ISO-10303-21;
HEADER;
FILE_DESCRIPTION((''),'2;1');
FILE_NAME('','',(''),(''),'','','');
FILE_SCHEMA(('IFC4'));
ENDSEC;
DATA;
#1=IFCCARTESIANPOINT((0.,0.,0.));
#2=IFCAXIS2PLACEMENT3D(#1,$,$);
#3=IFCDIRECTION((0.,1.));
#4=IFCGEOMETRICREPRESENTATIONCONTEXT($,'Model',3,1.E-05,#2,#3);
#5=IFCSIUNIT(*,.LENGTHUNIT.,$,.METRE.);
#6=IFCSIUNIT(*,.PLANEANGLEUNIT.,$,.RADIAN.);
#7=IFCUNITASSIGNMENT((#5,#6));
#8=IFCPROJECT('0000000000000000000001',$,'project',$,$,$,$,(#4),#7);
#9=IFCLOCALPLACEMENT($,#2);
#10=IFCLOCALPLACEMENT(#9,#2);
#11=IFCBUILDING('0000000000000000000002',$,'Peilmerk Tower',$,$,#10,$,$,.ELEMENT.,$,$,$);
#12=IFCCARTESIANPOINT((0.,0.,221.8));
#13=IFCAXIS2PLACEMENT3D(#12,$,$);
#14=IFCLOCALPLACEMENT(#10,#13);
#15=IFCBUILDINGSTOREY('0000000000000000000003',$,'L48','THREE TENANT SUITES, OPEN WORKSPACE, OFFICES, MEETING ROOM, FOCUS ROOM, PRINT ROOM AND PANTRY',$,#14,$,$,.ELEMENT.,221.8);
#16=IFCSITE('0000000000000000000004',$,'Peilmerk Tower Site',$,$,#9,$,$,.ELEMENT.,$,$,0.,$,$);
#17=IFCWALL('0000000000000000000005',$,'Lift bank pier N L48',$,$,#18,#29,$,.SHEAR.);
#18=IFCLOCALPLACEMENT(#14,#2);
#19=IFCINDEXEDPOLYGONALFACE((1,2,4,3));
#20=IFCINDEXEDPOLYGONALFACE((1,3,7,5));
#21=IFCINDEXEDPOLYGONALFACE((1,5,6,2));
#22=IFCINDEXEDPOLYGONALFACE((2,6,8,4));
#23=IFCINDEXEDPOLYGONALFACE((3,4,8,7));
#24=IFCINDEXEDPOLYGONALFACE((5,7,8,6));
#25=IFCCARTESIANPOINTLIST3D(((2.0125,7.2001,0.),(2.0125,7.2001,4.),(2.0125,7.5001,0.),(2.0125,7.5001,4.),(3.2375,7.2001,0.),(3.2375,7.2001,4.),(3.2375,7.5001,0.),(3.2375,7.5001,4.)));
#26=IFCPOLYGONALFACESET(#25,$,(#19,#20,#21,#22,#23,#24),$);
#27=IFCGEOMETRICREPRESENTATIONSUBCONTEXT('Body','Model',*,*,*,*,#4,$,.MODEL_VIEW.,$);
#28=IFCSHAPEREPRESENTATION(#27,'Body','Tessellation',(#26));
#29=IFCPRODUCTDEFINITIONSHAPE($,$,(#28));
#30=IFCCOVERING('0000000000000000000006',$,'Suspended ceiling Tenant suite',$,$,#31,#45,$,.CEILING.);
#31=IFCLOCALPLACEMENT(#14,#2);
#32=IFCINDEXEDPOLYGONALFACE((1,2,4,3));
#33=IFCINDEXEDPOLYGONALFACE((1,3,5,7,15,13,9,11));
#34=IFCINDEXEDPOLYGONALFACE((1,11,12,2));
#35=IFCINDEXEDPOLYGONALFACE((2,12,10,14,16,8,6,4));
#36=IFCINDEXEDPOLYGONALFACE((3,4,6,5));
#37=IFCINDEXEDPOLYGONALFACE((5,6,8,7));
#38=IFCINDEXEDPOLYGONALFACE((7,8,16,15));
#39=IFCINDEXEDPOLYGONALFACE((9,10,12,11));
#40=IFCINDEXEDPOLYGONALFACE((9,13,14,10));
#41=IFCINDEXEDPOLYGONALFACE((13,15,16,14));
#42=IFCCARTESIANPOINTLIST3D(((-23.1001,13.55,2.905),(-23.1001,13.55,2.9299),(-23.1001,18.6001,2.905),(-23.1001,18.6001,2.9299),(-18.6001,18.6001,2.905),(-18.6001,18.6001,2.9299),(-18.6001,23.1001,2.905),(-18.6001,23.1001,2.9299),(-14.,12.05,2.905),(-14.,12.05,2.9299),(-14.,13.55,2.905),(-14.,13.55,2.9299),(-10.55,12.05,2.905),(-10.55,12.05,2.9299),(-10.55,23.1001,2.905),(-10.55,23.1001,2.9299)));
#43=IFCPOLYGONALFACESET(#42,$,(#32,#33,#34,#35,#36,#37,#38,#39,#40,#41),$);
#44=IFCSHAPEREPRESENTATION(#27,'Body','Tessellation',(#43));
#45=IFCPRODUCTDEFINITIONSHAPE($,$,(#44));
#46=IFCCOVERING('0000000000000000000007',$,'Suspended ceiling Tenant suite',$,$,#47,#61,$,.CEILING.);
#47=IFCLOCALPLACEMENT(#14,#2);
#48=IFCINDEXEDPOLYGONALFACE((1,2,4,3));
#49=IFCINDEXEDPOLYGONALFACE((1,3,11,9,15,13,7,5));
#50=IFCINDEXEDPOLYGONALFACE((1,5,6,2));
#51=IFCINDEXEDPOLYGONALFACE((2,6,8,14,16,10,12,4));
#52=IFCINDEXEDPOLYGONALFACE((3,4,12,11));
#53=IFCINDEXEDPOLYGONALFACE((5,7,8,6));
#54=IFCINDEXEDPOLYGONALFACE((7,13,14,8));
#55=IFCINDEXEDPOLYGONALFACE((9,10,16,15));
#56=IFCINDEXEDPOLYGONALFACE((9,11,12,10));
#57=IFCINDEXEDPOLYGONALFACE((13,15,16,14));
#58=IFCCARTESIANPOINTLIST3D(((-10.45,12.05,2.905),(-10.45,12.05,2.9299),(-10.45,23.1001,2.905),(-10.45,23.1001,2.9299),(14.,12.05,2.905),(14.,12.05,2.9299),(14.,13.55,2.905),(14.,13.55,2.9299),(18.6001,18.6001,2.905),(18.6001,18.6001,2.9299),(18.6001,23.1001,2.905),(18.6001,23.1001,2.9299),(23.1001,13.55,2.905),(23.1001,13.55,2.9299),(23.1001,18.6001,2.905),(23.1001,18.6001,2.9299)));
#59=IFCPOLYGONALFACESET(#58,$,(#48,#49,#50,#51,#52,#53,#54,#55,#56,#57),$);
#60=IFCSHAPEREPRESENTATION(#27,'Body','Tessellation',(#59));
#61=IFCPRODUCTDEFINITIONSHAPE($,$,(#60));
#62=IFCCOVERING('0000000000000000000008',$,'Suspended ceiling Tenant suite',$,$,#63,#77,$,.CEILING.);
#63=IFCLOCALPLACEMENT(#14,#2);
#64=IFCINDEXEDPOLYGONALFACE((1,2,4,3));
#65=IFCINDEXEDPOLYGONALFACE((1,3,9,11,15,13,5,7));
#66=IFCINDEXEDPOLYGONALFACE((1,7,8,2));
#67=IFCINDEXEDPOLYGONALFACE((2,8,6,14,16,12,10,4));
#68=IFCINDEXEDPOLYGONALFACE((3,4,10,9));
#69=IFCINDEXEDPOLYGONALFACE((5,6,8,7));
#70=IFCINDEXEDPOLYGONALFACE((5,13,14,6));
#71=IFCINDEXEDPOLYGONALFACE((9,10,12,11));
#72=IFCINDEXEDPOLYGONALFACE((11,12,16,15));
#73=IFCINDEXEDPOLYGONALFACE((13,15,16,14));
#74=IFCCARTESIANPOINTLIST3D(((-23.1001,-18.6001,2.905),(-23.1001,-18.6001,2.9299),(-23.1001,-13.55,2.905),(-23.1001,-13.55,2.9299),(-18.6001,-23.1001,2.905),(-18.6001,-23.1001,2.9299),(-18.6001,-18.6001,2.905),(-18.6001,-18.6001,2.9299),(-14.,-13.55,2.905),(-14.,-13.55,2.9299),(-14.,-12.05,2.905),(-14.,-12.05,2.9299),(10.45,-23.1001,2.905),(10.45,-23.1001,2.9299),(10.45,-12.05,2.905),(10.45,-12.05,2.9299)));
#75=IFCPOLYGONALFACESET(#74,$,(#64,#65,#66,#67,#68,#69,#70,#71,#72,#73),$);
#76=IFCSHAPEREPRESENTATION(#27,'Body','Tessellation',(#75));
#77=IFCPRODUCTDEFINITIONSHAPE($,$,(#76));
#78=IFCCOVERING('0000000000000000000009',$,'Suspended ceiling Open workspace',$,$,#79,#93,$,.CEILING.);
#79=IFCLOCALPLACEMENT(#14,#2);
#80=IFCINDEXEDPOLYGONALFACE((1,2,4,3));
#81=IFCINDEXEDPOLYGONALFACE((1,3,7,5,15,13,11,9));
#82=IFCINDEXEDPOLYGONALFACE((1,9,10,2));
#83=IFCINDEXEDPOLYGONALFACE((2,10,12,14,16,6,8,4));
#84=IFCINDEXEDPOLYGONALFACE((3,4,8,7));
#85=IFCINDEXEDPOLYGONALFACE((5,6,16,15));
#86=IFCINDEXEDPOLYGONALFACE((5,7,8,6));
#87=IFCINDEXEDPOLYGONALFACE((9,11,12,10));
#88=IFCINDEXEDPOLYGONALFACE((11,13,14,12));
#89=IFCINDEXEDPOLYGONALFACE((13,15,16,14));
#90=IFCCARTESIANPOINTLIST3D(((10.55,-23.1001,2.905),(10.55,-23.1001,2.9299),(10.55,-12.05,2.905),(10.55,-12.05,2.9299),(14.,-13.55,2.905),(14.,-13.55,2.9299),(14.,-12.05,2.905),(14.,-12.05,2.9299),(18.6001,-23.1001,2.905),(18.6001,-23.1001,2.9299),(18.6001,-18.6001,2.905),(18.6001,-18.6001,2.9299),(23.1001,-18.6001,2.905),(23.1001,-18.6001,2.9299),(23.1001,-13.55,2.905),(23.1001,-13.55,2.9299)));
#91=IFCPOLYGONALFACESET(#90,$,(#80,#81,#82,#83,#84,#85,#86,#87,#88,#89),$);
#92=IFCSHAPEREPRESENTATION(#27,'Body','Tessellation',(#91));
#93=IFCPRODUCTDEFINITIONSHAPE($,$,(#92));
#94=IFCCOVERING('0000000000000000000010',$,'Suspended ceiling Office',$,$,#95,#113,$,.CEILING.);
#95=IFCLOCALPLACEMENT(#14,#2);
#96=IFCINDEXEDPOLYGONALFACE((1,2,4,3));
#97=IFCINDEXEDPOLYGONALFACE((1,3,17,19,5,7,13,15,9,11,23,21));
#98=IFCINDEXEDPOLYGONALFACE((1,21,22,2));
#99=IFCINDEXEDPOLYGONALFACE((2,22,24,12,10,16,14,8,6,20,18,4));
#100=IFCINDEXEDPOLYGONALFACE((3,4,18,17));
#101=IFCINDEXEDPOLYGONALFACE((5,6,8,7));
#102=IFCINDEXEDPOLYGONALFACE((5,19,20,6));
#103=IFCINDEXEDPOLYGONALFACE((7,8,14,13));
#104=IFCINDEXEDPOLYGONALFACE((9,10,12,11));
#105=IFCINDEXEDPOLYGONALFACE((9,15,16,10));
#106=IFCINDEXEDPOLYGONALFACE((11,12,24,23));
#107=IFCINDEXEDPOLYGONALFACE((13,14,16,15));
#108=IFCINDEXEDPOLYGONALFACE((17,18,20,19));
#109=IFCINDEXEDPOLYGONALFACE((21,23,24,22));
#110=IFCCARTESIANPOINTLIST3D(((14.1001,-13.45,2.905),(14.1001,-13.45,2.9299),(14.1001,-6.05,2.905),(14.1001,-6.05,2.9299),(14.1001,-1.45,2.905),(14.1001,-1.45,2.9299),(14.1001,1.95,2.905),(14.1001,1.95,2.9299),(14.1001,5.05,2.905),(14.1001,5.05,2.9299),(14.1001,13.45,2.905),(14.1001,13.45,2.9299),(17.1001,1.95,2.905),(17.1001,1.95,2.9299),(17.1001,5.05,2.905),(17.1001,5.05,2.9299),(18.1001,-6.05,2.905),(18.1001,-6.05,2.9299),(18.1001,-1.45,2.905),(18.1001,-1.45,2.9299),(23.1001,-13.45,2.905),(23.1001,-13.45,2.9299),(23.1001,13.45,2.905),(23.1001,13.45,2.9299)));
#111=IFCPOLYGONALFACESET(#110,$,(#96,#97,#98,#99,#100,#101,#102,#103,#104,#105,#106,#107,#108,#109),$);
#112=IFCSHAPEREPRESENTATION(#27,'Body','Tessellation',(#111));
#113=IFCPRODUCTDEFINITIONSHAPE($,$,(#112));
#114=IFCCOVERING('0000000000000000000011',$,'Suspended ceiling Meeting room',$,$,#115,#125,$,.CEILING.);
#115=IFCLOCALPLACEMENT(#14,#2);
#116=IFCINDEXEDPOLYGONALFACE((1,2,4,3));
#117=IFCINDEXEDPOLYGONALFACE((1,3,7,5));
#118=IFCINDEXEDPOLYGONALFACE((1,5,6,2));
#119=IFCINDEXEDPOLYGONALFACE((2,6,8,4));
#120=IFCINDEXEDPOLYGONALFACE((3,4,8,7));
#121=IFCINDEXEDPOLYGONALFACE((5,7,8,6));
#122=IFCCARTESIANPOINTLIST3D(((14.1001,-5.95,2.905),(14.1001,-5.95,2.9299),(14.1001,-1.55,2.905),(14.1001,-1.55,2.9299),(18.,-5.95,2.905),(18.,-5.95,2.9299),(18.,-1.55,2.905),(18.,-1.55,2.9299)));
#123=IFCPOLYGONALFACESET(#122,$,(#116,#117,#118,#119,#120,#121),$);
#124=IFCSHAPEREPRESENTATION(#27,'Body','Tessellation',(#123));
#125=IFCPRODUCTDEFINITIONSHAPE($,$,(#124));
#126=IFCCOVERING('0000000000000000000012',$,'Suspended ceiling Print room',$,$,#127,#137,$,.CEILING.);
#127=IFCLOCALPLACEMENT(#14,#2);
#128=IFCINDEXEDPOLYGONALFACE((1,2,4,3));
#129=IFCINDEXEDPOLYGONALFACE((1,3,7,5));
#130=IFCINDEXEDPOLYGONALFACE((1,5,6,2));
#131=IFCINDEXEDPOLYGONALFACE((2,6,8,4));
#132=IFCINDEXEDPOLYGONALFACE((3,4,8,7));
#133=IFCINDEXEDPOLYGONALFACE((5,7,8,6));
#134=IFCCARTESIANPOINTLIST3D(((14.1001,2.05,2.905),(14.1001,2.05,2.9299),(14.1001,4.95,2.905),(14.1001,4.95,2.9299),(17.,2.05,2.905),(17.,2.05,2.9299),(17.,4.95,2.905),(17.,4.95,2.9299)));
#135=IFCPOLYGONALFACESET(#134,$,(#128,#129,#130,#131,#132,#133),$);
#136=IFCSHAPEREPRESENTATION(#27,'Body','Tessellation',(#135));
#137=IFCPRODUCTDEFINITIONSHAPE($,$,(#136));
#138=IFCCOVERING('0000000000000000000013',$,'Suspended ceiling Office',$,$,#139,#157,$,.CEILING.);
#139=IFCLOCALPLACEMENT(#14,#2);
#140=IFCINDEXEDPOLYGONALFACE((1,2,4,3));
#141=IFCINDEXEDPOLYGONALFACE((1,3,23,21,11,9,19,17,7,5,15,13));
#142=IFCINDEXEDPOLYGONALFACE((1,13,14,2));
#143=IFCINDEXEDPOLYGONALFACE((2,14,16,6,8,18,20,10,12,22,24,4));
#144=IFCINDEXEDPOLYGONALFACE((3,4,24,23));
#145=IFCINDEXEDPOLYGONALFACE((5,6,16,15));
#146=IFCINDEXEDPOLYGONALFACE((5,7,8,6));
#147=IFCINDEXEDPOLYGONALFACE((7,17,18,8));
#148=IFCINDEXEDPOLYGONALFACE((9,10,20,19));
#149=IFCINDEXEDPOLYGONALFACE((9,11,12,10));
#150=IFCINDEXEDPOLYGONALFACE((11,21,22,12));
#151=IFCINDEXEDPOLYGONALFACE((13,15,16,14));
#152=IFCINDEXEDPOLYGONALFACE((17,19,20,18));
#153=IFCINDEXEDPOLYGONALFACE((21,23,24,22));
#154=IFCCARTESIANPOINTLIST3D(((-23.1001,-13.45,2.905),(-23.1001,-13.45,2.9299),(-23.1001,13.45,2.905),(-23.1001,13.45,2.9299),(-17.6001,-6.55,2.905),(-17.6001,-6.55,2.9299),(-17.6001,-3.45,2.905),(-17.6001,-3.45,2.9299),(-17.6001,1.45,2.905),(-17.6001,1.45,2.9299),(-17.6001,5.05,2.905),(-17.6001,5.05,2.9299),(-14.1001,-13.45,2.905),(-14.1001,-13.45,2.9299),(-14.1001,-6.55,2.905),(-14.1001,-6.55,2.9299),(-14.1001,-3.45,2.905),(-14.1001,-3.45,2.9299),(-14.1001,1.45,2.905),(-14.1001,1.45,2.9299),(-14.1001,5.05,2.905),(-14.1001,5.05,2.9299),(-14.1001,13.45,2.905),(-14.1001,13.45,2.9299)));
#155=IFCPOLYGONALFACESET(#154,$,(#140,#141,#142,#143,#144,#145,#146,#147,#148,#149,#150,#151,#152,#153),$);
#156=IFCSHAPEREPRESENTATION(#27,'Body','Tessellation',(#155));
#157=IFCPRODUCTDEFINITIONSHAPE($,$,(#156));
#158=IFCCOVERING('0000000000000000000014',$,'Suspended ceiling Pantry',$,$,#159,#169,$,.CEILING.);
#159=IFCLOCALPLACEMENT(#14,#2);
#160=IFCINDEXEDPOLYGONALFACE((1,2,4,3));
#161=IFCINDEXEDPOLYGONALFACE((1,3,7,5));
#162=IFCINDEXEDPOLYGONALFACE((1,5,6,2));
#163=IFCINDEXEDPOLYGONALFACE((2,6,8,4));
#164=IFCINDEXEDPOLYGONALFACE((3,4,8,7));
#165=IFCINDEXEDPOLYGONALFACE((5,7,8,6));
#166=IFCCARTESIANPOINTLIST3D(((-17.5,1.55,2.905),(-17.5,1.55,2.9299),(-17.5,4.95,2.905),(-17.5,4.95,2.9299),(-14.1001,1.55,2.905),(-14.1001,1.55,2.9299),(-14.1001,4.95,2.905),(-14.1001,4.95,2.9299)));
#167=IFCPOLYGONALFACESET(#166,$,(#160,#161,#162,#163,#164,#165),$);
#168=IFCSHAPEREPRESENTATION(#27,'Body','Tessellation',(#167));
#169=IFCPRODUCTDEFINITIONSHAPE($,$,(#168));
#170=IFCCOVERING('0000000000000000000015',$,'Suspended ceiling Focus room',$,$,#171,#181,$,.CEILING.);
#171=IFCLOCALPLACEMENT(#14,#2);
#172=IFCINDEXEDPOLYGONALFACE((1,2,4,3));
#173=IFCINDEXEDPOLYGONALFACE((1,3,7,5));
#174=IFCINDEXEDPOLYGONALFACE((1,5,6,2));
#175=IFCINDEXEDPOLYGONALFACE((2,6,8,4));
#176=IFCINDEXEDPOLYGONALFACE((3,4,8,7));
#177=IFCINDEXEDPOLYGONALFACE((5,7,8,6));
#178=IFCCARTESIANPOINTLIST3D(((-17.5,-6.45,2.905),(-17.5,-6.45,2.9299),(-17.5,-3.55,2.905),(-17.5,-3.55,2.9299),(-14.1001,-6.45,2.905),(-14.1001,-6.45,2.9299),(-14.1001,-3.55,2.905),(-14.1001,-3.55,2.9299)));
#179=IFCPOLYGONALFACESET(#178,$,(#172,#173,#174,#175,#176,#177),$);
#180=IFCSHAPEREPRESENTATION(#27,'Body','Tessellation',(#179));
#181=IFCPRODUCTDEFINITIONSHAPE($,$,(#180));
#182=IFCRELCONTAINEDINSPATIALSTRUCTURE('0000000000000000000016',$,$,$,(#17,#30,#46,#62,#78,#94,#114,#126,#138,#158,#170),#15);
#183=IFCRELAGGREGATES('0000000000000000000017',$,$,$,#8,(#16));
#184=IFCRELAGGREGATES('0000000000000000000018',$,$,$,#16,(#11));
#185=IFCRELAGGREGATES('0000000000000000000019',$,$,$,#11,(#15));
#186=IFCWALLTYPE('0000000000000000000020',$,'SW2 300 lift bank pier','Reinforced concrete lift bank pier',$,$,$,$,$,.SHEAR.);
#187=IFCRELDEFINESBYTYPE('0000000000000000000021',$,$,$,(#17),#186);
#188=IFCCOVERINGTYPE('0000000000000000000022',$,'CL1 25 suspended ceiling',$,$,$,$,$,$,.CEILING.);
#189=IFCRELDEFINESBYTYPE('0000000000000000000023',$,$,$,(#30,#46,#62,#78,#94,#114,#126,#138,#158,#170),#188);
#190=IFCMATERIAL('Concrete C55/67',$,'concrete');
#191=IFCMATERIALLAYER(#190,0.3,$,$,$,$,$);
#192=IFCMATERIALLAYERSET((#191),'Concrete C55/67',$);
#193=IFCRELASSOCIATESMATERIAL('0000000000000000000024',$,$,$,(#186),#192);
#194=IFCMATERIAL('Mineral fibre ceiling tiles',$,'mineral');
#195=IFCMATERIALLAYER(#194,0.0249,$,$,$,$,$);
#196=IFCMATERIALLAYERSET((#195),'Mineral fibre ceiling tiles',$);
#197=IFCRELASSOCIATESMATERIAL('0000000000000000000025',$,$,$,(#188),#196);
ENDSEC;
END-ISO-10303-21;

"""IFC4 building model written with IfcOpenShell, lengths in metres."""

from ifc_helpers import new_model, si_unit, direction, frame, frame_2d, origin, place, context, subcontext, project, spatial, polyline, rectangle, outline, extrude, material, layer, layer_set, type_object, element, save


model = new_model("IFC4")

# Units and contexts
model_context = context("Model", 3, precision=1e-05, world=origin(), true_north=direction((0.0, 1.0)))
body_context = subcontext(model_context, "Body", "Model", "MODEL_VIEW")
ifc_project = project(units=[si_unit("LENGTHUNIT", "METRE"), si_unit("PLANEANGLEUNIT", "RADIAN")], contexts=[model_context])

# Site, building, storey
site_placement = place(None, origin())
site = spatial("IfcSite", under=ifc_project, at=site_placement, Name="Peilmerk Tower Site", CompositionType="ELEMENT", RefElevation=0.0)
building_placement = place(site_placement, origin())
building = spatial("IfcBuilding", under=site, at=building_placement, Name="Peilmerk Tower", CompositionType="ELEMENT")
storey_placement = place(building_placement, frame((0.0, 0.0, 221.8)))
storey = spatial("IfcBuildingStorey", under=building, at=storey_placement, Name="L48", Description="THREE TENANT SUITES, OPEN WORKSPACE, OFFICES, MEETING ROOM, FOCUS ROOM, PRINT ROOM AND PANTRY", CompositionType="ELEMENT", Elevation=221.8)

# Wall
ifc_material_1 = material(Name="Concrete C55/67", Category="concrete")
ifc_layer_1 = layer(ifc_material_1, 0.3)
ifc_layer_set_1 = layer_set([ifc_layer_1], Name="Concrete C55/67")
wall_type_1 = type_object("IfcWallType", Name="SW2 300 lift bank pier", Description="Reinforced concrete lift bank pier", PredefinedType="SHEAR", material=ifc_layer_set_1)
wall_1_placement = place(storey_placement, frame((2.0125, 7.3501, 0.0), z_axis=(0.0, 0.0, 1.0), x_axis=(1.0, 0.0, 0.0)))
element("IfcWall", 1, at=wall_1_placement, inside=storey, type_object=wall_type_1, Name="Lift bank pier N L48", PredefinedType="SHEAR", context=body_context, shape_type="SweptSolid", body=[
    extrude(rectangle(XDim=1.2251, YDim=0.3, at=frame_2d((0.6125, 0.0))), origin(), (0.0, 0.0, 1.0), 4.0),
])

# Coverings
ifc_material_2 = material(Name="Mineral fibre ceiling tiles", Category="mineral")
ifc_layer_2 = layer(ifc_material_2, 0.0249)
ifc_layer_set_2 = layer_set([ifc_layer_2], Name="Mineral fibre ceiling tiles")
covering_type = type_object("IfcCoveringType", Name="CL1 25 suspended ceiling", PredefinedType="CEILING", material=ifc_layer_set_2)
covering_1_placement = place(storey_placement, frame((0.0, 0.0, 2.905)))
element("IfcCovering", 2, at=covering_1_placement, inside=storey, type_object=covering_type, Name="Suspended ceiling Tenant suite", PredefinedType="CEILING", context=body_context, shape_type="SweptSolid", body=[
    extrude(outline(polyline([(-23.1001, 18.6001), (-23.1001, 13.55), (-14.0, 13.55), (-14.0, 12.05), (-10.55, 12.05), (-10.55, 23.1001), (-18.6001, 23.1001), (-18.6001, 18.6001), (-23.1001, 18.6001)])), origin(), (0.0, 0.0, 1.0), 0.0249),
])
covering_2_placement = place(storey_placement, frame((0.0, 0.0, 2.905)))
element("IfcCovering", 3, at=covering_2_placement, inside=storey, type_object=covering_type, Name="Suspended ceiling Tenant suite", PredefinedType="CEILING", context=body_context, shape_type="SweptSolid", body=[
    extrude(outline(polyline([(18.6001, 23.1001), (-10.45, 23.1001), (-10.45, 12.05), (14.0, 12.05), (14.0, 13.55), (23.1001, 13.55), (23.1001, 18.6001), (18.6001, 18.6001), (18.6001, 23.1001)])), origin(), (0.0, 0.0, 1.0), 0.0249),
])
covering_3_placement = place(storey_placement, frame((0.0, 0.0, 2.905)))
element("IfcCovering", 4, at=covering_3_placement, inside=storey, type_object=covering_type, Name="Suspended ceiling Tenant suite", PredefinedType="CEILING", context=body_context, shape_type="SweptSolid", body=[
    extrude(outline(polyline([(-18.6001, -23.1001), (10.45, -23.1001), (10.45, -12.05), (-14.0, -12.05), (-14.0, -13.55), (-23.1001, -13.55), (-23.1001, -18.6001), (-18.6001, -18.6001), (-18.6001, -23.1001)])), origin(), (0.0, 0.0, 1.0), 0.0249),
])
covering_4_placement = place(storey_placement, frame((0.0, 0.0, 2.905)))
element("IfcCovering", 5, at=covering_4_placement, inside=storey, type_object=covering_type, Name="Suspended ceiling Open workspace", PredefinedType="CEILING", context=body_context, shape_type="SweptSolid", body=[
    extrude(outline(polyline([(10.55, -23.1001), (18.6001, -23.1001), (18.6001, -18.6001), (23.1001, -18.6001), (23.1001, -13.55), (14.0, -13.55), (14.0, -12.05), (10.55, -12.05), (10.55, -23.1001)])), origin(), (0.0, 0.0, 1.0), 0.0249),
])
covering_5_placement = place(storey_placement, frame((0.0, 0.0, 2.905)))
element("IfcCovering", 6, at=covering_5_placement, inside=storey, type_object=covering_type, Name="Suspended ceiling Office", PredefinedType="CEILING", context=body_context, shape_type="SweptSolid", body=[
    extrude(outline(polyline([(14.1001, -13.45), (23.1001, -13.45), (23.1001, 13.45), (14.1001, 13.45), (14.1001, 5.05), (17.1001, 5.05), (17.1001, 1.95), (14.1001, 1.95), (14.1001, -1.45), (18.1001, -1.45), (18.1001, -6.05), (14.1001, -6.05), (14.1001, -13.45)])), origin(), (0.0, 0.0, 1.0), 0.0249),
])
covering_6_placement = place(storey_placement, frame((0.0, 0.0, 2.905)))
element("IfcCovering", 7, at=covering_6_placement, inside=storey, type_object=covering_type, Name="Suspended ceiling Meeting room", PredefinedType="CEILING", context=body_context, shape_type="SweptSolid", body=[
    extrude(outline(polyline([(18.0, -5.95), (18.0, -1.55), (14.1001, -1.55), (14.1001, -5.95), (18.0, -5.95)])), origin(), (0.0, 0.0, 1.0), 0.0249),
])
covering_7_placement = place(storey_placement, frame((0.0, 0.0, 2.905)))
element("IfcCovering", 8, at=covering_7_placement, inside=storey, type_object=covering_type, Name="Suspended ceiling Print room", PredefinedType="CEILING", context=body_context, shape_type="SweptSolid", body=[
    extrude(outline(polyline([(17.0, 2.05), (17.0, 4.95), (14.1001, 4.95), (14.1001, 2.05), (17.0, 2.05)])), origin(), (0.0, 0.0, 1.0), 0.0249),
])
covering_8_placement = place(storey_placement, frame((0.0, 0.0, 2.905)))
element("IfcCovering", 9, at=covering_8_placement, inside=storey, type_object=covering_type, Name="Suspended ceiling Office", PredefinedType="CEILING", context=body_context, shape_type="SweptSolid", body=[
    extrude(outline(polyline([(-14.1001, 13.45), (-23.1001, 13.45), (-23.1001, -13.45), (-14.1001, -13.45), (-14.1001, -6.55), (-17.6001, -6.55), (-17.6001, -3.45), (-14.1001, -3.45), (-14.1001, 1.45), (-17.6001, 1.45), (-17.6001, 5.05), (-14.1001, 5.05), (-14.1001, 13.45)])), origin(), (0.0, 0.0, 1.0), 0.0249),
])
covering_9_placement = place(storey_placement, frame((0.0, 0.0, 2.905)))
element("IfcCovering", 10, at=covering_9_placement, inside=storey, type_object=covering_type, Name="Suspended ceiling Pantry", PredefinedType="CEILING", context=body_context, shape_type="SweptSolid", body=[
    extrude(outline(polyline([(-14.1001, 1.55), (-14.1001, 4.95), (-17.5, 4.95), (-17.5, 1.55), (-14.1001, 1.55)])), origin(), (0.0, 0.0, 1.0), 0.0249),
])
covering_10_placement = place(storey_placement, frame((0.0, 0.0, 2.905)))
element("IfcCovering", 11, at=covering_10_placement, inside=storey, type_object=covering_type, Name="Suspended ceiling Focus room", PredefinedType="CEILING", context=body_context, shape_type="SweptSolid", body=[
    extrude(outline(polyline([(-14.1001, -6.45), (-14.1001, -3.55), (-17.5, -3.55), (-17.5, -6.45), (-14.1001, -6.45)])), origin(), (0.0, 0.0, 1.0), 0.0249),
])

save(model, "model.ifc")
